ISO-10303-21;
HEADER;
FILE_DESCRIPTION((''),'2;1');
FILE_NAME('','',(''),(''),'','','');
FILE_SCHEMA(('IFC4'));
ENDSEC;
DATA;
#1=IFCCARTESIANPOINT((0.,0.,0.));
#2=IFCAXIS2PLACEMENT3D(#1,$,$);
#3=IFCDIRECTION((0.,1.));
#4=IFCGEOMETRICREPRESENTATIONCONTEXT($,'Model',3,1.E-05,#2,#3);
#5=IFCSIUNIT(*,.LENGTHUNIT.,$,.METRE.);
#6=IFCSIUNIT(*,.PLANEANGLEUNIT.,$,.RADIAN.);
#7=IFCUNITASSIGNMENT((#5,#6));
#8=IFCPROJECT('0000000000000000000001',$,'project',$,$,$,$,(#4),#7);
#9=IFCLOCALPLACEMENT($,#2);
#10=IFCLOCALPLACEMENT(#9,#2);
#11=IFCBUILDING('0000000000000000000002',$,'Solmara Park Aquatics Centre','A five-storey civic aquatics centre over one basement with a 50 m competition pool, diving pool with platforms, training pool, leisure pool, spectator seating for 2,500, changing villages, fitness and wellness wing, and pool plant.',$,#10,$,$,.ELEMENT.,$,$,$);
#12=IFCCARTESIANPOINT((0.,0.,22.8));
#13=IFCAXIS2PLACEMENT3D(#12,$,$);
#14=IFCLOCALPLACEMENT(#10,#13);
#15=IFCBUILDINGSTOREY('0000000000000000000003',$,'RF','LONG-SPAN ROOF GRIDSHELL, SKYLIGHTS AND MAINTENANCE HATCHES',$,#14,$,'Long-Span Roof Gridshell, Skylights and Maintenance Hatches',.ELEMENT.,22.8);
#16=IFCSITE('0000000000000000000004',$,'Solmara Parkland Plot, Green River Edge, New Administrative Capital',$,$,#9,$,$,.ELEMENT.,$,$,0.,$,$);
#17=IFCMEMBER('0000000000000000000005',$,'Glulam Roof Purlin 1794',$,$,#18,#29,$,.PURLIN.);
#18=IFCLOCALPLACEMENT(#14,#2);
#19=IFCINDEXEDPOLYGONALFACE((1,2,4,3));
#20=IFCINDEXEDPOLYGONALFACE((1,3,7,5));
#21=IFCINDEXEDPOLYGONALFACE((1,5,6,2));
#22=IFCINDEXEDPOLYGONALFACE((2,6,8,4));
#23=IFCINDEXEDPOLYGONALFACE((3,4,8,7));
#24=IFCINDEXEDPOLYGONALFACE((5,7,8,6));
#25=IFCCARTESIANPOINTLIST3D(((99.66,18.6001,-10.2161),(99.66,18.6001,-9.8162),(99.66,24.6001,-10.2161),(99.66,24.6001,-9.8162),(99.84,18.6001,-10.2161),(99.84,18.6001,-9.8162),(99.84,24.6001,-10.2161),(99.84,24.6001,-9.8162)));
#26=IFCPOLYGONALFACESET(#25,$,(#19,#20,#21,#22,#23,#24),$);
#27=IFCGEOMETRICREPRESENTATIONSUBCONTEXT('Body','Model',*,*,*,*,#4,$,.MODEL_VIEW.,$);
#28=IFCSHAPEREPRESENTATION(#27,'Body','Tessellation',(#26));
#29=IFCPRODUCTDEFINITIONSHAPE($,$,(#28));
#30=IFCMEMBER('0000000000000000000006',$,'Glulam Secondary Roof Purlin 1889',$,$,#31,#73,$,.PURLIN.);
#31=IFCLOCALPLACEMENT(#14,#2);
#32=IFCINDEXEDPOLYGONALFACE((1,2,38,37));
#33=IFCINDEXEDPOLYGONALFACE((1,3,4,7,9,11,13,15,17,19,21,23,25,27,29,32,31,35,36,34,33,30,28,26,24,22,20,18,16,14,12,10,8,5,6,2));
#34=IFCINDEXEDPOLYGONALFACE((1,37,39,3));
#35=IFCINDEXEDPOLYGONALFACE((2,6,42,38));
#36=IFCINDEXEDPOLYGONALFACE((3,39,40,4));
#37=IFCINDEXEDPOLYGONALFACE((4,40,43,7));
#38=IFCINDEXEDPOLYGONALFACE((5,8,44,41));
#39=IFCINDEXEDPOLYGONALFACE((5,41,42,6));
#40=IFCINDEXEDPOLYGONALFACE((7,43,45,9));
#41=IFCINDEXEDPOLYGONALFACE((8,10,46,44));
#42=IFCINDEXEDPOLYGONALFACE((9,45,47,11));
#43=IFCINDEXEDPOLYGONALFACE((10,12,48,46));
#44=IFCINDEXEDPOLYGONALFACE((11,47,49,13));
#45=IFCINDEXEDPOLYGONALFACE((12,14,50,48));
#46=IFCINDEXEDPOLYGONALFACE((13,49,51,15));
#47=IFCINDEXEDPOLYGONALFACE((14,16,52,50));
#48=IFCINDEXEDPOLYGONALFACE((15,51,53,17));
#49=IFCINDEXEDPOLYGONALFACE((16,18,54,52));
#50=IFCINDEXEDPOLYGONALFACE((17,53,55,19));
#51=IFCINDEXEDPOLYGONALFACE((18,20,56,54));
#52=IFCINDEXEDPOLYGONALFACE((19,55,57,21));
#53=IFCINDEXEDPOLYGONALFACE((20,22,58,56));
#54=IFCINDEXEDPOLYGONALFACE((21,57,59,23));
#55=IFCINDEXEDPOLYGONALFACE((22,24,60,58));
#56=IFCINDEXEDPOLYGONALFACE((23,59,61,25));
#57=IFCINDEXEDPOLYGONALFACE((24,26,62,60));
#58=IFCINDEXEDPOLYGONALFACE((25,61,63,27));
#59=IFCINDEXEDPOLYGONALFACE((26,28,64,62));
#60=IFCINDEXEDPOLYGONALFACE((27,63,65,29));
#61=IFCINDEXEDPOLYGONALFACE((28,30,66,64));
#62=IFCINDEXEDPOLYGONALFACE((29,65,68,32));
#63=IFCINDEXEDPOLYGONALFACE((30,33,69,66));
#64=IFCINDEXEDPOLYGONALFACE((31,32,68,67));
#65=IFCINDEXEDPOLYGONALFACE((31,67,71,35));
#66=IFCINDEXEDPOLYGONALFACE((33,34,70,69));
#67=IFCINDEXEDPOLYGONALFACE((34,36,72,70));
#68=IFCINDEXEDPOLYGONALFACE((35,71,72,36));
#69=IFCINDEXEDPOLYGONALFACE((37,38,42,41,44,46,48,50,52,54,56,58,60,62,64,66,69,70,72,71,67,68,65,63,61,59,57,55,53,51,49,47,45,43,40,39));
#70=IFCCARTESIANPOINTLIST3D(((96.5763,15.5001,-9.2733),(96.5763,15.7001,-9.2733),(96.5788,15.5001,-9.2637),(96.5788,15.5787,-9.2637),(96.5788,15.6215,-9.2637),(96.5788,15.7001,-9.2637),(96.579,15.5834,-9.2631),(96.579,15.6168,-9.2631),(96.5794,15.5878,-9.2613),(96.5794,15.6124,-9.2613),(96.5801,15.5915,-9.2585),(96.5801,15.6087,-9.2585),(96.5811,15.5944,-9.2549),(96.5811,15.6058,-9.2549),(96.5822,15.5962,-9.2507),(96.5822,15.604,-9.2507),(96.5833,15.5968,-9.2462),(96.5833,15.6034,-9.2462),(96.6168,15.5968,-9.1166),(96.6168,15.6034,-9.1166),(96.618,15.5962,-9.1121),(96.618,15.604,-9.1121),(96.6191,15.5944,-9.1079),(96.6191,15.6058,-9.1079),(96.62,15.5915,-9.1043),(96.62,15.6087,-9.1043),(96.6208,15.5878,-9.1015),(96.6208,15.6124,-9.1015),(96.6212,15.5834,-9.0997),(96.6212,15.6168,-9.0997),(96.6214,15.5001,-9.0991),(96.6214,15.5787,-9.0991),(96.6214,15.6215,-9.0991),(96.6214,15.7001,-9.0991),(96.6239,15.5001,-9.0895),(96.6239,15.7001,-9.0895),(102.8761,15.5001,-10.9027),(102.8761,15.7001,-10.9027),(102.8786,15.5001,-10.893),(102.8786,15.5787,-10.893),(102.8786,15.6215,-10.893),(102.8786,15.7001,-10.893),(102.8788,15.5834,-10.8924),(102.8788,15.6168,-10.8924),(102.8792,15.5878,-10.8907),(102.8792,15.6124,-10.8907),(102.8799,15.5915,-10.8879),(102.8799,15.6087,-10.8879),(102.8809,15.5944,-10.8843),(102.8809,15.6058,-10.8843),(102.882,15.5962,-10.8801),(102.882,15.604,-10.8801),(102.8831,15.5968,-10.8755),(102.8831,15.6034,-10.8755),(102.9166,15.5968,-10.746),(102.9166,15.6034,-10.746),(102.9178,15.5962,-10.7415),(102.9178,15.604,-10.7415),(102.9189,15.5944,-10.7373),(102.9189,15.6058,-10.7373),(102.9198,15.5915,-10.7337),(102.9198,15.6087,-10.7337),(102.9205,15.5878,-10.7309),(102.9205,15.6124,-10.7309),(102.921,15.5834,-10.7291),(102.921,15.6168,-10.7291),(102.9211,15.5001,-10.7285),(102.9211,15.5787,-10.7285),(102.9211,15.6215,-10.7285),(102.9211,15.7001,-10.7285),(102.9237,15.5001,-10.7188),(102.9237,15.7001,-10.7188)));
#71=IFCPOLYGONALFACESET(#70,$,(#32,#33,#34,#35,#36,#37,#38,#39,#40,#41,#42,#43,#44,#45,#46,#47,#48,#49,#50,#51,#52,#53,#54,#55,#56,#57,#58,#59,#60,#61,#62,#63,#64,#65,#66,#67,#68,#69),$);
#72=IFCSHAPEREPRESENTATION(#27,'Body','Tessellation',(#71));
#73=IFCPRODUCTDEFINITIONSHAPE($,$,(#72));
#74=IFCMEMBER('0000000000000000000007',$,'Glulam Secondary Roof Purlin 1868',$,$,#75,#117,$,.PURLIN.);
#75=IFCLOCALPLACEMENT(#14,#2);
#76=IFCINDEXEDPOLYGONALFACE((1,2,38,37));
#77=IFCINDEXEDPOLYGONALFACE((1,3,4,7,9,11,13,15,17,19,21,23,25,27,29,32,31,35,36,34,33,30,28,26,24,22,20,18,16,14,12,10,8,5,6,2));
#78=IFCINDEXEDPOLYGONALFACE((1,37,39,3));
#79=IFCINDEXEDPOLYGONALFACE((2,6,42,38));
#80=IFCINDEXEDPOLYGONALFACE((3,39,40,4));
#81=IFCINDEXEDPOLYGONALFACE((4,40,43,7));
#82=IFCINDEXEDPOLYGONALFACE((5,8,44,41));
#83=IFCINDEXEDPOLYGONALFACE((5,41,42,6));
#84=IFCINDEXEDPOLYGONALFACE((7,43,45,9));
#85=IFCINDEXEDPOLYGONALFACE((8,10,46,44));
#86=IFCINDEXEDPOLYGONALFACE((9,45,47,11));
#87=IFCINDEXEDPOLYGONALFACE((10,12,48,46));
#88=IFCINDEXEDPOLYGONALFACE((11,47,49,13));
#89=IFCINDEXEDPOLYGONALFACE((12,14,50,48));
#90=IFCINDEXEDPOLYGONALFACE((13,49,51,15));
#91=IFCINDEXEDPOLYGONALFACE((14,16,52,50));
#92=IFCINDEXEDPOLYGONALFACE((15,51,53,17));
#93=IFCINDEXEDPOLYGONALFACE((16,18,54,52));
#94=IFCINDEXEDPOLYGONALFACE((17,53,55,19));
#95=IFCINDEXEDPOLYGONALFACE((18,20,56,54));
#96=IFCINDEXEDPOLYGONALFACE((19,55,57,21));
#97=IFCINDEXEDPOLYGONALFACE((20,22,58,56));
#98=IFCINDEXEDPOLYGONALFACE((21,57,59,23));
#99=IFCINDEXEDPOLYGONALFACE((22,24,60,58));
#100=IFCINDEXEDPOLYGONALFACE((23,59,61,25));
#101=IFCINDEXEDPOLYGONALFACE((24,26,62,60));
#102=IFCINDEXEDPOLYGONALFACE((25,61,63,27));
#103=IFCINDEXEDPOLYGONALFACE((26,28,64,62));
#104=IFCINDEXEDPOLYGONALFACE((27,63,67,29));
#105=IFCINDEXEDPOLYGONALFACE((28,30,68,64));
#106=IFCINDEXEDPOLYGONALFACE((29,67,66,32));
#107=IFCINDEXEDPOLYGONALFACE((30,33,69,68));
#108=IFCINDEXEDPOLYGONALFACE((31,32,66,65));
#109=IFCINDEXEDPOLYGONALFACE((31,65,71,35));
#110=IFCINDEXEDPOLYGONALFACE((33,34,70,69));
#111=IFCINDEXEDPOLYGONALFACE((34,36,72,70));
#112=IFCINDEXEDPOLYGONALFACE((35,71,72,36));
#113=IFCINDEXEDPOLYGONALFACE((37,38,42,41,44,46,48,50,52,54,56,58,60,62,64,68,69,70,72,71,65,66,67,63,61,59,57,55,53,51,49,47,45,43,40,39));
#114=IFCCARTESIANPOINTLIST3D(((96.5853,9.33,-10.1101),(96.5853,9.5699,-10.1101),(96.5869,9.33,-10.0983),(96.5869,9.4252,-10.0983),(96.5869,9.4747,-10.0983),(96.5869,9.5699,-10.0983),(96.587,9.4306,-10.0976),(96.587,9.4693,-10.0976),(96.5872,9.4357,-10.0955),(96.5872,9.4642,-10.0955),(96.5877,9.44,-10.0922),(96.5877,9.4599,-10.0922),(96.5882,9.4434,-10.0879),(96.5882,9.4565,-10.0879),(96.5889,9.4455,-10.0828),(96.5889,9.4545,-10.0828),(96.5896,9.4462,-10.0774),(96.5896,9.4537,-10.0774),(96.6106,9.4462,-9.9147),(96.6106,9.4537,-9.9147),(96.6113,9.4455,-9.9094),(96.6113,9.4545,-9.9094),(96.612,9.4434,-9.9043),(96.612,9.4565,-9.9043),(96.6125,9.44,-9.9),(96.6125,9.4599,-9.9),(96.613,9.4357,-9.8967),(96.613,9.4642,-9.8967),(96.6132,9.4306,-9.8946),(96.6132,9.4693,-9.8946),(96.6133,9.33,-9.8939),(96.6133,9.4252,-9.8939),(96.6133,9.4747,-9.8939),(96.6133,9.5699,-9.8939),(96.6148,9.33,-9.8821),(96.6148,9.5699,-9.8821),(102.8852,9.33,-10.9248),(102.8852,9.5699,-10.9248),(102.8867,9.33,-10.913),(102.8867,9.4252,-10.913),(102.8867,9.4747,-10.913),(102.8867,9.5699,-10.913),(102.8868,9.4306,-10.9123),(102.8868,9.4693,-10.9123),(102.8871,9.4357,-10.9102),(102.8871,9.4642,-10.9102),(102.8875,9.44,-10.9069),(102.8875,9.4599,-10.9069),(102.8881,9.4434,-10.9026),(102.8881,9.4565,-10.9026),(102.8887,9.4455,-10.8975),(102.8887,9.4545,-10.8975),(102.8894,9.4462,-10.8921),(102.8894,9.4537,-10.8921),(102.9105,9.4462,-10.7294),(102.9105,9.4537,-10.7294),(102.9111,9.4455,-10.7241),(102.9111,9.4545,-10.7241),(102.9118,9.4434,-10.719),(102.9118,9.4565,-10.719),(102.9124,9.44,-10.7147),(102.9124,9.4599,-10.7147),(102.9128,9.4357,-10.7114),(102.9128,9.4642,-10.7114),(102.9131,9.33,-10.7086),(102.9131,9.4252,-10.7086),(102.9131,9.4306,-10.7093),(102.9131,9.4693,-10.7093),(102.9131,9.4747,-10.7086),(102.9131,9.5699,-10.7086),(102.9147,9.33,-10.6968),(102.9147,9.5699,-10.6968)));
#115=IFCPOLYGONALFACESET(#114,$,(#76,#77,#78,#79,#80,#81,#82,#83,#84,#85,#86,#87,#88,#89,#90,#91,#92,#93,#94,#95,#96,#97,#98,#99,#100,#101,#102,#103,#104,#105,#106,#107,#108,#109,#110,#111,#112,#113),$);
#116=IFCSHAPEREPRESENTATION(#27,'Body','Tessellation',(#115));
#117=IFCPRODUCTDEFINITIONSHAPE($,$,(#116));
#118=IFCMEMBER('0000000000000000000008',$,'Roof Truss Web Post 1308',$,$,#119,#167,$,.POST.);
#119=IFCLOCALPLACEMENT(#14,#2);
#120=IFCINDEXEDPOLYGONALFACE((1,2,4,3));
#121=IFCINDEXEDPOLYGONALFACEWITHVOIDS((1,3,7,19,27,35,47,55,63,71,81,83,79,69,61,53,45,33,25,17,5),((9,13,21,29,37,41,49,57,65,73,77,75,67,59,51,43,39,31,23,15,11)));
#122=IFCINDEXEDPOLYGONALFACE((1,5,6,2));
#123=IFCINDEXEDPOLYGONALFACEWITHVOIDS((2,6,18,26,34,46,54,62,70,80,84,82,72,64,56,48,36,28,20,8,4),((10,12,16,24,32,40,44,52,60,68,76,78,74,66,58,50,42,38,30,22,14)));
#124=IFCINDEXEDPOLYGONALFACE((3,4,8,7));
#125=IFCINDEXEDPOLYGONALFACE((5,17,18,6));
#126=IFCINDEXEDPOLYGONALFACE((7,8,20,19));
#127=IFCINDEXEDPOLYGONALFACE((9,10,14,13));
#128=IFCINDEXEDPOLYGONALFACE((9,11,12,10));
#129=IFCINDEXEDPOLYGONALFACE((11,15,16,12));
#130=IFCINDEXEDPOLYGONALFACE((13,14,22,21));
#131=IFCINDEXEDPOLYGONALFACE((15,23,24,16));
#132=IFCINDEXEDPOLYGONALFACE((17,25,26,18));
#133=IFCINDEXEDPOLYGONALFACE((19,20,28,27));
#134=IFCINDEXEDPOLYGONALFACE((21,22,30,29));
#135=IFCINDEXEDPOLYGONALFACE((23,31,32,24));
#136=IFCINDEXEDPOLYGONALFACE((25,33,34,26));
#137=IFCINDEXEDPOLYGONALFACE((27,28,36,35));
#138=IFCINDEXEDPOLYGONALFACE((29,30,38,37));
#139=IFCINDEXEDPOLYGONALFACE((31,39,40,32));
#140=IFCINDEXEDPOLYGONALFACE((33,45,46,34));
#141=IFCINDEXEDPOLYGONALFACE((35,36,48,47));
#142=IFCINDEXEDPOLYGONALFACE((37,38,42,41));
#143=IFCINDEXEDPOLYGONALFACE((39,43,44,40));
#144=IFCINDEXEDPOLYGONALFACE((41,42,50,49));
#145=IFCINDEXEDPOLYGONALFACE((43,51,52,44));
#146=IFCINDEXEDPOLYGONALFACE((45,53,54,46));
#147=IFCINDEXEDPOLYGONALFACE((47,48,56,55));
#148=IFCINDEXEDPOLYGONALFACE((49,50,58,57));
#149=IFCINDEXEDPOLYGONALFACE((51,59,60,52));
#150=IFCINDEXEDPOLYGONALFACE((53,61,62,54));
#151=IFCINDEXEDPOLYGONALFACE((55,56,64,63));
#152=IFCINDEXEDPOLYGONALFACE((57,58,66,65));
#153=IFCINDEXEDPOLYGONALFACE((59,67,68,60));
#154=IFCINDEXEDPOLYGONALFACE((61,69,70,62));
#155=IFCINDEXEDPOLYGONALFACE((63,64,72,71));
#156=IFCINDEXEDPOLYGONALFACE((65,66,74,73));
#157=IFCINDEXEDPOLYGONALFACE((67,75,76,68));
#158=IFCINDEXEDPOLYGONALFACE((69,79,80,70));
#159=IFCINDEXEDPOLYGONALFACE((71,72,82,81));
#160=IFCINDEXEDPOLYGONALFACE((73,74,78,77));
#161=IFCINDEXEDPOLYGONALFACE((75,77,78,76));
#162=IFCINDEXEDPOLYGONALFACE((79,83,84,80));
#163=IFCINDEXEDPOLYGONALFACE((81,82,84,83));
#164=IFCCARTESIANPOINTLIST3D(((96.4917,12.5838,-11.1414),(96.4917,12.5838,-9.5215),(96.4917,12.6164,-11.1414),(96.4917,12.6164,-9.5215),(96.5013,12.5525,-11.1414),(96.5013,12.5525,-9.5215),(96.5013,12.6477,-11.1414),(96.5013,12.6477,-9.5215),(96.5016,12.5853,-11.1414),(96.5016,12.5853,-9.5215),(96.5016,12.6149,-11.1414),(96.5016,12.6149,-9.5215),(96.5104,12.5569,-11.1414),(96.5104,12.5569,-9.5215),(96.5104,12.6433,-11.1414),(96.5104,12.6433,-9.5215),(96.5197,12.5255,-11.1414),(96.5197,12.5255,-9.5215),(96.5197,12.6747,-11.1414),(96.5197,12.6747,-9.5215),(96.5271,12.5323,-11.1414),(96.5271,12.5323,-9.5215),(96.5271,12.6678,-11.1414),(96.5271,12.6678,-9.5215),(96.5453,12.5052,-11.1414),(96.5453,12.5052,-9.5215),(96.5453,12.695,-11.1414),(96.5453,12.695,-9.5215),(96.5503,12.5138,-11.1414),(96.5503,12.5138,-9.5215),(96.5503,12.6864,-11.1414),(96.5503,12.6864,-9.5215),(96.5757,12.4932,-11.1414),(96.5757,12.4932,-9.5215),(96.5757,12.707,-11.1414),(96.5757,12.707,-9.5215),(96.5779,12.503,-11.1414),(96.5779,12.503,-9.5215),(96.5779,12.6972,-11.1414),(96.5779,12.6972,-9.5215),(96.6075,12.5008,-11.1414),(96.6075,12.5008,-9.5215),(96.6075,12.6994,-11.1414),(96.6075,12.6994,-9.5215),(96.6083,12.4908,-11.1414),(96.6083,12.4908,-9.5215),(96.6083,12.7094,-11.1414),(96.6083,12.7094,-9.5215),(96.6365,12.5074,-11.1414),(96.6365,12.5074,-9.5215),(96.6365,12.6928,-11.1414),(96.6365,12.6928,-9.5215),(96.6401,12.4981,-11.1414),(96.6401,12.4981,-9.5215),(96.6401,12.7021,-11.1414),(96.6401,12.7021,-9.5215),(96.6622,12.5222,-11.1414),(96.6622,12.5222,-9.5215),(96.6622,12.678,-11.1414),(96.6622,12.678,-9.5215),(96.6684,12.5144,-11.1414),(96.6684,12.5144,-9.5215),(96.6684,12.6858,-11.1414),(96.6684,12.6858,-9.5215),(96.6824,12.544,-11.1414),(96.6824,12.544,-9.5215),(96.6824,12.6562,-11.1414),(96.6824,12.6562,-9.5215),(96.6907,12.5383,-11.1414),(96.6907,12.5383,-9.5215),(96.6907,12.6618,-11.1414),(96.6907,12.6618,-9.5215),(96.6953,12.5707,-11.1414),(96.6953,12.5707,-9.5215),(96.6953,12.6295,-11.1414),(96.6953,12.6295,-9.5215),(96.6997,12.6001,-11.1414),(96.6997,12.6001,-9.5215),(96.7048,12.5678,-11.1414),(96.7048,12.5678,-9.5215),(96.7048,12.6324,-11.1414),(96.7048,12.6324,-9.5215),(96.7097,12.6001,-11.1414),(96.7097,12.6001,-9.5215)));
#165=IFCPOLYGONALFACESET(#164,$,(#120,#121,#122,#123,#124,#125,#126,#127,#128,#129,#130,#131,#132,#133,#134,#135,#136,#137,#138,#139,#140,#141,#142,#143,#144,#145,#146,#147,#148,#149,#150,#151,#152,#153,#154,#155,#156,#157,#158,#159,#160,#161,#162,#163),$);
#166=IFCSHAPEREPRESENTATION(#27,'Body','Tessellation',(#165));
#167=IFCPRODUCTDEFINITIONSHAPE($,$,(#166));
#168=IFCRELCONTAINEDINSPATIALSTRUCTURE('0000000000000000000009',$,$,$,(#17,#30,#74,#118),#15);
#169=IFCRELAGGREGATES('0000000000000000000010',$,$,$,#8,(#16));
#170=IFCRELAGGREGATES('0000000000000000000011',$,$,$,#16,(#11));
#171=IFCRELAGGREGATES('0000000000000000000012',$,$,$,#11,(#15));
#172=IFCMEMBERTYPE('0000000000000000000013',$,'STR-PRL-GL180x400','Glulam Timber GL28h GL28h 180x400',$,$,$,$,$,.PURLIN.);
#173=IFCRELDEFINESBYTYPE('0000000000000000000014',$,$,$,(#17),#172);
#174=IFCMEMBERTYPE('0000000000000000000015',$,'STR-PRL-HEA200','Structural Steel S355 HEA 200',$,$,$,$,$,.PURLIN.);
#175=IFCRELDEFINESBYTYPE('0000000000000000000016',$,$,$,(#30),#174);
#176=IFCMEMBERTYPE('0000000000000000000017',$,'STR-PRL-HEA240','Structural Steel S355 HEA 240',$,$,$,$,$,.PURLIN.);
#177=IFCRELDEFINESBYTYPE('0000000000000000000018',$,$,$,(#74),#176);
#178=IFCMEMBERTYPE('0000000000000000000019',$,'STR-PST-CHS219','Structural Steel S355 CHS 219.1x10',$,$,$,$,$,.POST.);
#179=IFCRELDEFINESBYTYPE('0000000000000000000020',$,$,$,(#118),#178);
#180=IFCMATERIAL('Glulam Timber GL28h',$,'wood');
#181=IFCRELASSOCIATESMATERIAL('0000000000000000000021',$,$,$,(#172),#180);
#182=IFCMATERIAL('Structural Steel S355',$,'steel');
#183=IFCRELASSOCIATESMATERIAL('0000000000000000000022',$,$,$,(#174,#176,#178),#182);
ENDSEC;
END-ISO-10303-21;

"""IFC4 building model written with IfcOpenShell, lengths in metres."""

from ifc_helpers import new_model, si_unit, direction, frame, origin, origin_2d, place, context, subcontext, project, spatial, rectangle, hollow_circle, i_section, extrude, material, material_profile, profile_set, type_object, element, save


model = new_model("IFC4")

# Units and contexts
model_context = context("Model", 3, precision=1e-05, world=origin(), true_north=direction((0.0, 1.0)))
body_context = subcontext(model_context, "Body", "Model", "MODEL_VIEW")
ifc_project = project(units=[si_unit("LENGTHUNIT", "METRE"), si_unit("PLANEANGLEUNIT", "RADIAN")], contexts=[model_context])

# Site, building, storey
site_placement = place(None, origin())
site = spatial("IfcSite", under=ifc_project, at=site_placement, Name="Solmara Parkland Plot, Green River Edge, New Administrative Capital", CompositionType="ELEMENT", RefElevation=0.0)
building_placement = place(site_placement, origin())
building = spatial("IfcBuilding", under=site, at=building_placement, Name="Solmara Park Aquatics Centre", Description="A five-storey civic aquatics centre over one basement with a 50 m competition pool, diving pool with platforms, training pool, leisure pool, spectator seating for 2,500, changing villages, fitness and wellness wing, and pool plant.", CompositionType="ELEMENT")
storey_placement = place(building_placement, frame((0.0, 0.0, 22.8)))
storey = spatial("IfcBuildingStorey", under=building, at=storey_placement, Name="RF", Description="LONG-SPAN ROOF GRIDSHELL, SKYLIGHTS AND MAINTENANCE HATCHES", LongName="Long-Span Roof Gridshell, Skylights and Maintenance Hatches", CompositionType="ELEMENT", Elevation=22.8)

# Members
ifc_material_1 = material(Name="Structural Steel S355", Category="steel")
ifc_material_2 = material(Name="Glulam Timber GL28h", Category="wood")
ifc_material_profile_1 = material_profile(ifc_material_2, rectangle(XDim=0.1799, YDim=0.3999, at=origin_2d()), Name="GL28h 180x400")
ifc_profile_set_1 = profile_set([ifc_material_profile_1], Name="Glulam Timber GL28h")
member_type_1 = type_object("IfcMemberType", Name="STR-PRL-GL180x400", Description="Glulam Timber GL28h GL28h 180x400", PredefinedType="PURLIN", material=ifc_profile_set_1)
for number, where, z_axis, x_axis, name in (
    (1, (99.75, 18.6001, -10.0161), (0.0, 1.0, 0.0), (-1.0, 0.0, 0.0), "Glulam Roof Purlin 1794"),
):
    element("IfcMember", number, at=place(storey_placement, frame(where, z_axis=z_axis, x_axis=x_axis)), inside=storey, type_object=member_type_1, Name=name, PredefinedType="PURLIN", context=body_context, shape_type="SweptSolid", body=[
        extrude(rectangle(XDim=0.1799, YDim=0.3999, at=origin_2d()), origin(), (0.0, 0.0, 1.0), 6.0),
    ])
ifc_material_profile_2 = material_profile(ifc_material_1, i_section(OverallWidth=0.2, OverallDepth=0.1899, WebThickness=0.0066, FlangeThickness=0.01, FilletRadius=0.0181, at=origin_2d()), Name="HEA 200")
ifc_profile_set_2 = profile_set([ifc_material_profile_2], Name="Structural Steel S355")
member_type_2 = type_object("IfcMemberType", Name="STR-PRL-HEA200", Description="Structural Steel S355 HEA 200", PredefinedType="PURLIN", material=ifc_profile_set_2)
member_1_placement = place(storey_placement, frame((96.6001, 15.6001, -9.1814), z_axis=(0.968142, 0.0, -0.250402), x_axis=(0.0, 1.0, 0.0)))
element("IfcMember", 2, at=member_1_placement, inside=storey, type_object=member_type_2, Name="Glulam Secondary Roof Purlin 1889", PredefinedType="PURLIN", context=body_context, shape_type="SweptSolid", body=[
    extrude(i_section(OverallWidth=0.2, OverallDepth=0.1899, WebThickness=0.0066, FlangeThickness=0.01, FilletRadius=0.0181, at=origin_2d()), origin(), (0.0, 0.0, 1.0), 6.5071),
])
ifc_material_profile_3 = material_profile(ifc_material_1, i_section(OverallWidth=0.24, OverallDepth=0.23, WebThickness=0.0076, FlangeThickness=0.012, FilletRadius=0.021, at=origin_2d()), Name="HEA 240")
ifc_profile_set_3 = profile_set([ifc_material_profile_3], Name="Structural Steel S355")
member_type_3 = type_object("IfcMemberType", Name="STR-PRL-HEA240", Description="Structural Steel S355 HEA 240", PredefinedType="PURLIN", material=ifc_profile_set_3)
member_2_placement = place(storey_placement, frame((96.6001, 9.45, -9.9961), z_axis=(0.991741, 0.0, -0.128253), x_axis=(0.0, 1.0, 0.0)))
element("IfcMember", 3, at=member_2_placement, inside=storey, type_object=member_type_3, Name="Glulam Secondary Roof Purlin 1868", PredefinedType="PURLIN", context=body_context, shape_type="SweptSolid", body=[
    extrude(i_section(OverallWidth=0.24, OverallDepth=0.23, WebThickness=0.0076, FlangeThickness=0.012, FilletRadius=0.021, at=origin_2d()), origin(), (0.0, 0.0, 1.0), 6.3523),
])
ifc_material_profile_4 = material_profile(ifc_material_1, hollow_circle(Radius=0.1096, WallThickness=0.01, at=origin_2d()), Name="CHS 219.1x10")
ifc_profile_set_4 = profile_set([ifc_material_profile_4], Name="Structural Steel S355")
member_type_4 = type_object("IfcMemberType", Name="STR-PST-CHS219", Description="Structural Steel S355 CHS 219.1x10", PredefinedType="POST", material=ifc_profile_set_4)
for number, where, z_axis, x_axis, name in (
    (4, (96.6001, 12.6001, -11.1414), (0.0, 0.0, 1.0), (1.0, 0.0, 0.0), "Roof Truss Web Post 1308"),
):
    element("IfcMember", number, at=place(storey_placement, frame(where, z_axis=z_axis, x_axis=x_axis)), inside=storey, type_object=member_type_4, Name=name, PredefinedType="POST", context=body_context, shape_type="SweptSolid", body=[
        extrude(hollow_circle(Radius=0.1096, WallThickness=0.01, at=origin_2d()), origin(), (0.0, 0.0, 1.0), 1.6199),
    ])

save(model, "model.ifc")
